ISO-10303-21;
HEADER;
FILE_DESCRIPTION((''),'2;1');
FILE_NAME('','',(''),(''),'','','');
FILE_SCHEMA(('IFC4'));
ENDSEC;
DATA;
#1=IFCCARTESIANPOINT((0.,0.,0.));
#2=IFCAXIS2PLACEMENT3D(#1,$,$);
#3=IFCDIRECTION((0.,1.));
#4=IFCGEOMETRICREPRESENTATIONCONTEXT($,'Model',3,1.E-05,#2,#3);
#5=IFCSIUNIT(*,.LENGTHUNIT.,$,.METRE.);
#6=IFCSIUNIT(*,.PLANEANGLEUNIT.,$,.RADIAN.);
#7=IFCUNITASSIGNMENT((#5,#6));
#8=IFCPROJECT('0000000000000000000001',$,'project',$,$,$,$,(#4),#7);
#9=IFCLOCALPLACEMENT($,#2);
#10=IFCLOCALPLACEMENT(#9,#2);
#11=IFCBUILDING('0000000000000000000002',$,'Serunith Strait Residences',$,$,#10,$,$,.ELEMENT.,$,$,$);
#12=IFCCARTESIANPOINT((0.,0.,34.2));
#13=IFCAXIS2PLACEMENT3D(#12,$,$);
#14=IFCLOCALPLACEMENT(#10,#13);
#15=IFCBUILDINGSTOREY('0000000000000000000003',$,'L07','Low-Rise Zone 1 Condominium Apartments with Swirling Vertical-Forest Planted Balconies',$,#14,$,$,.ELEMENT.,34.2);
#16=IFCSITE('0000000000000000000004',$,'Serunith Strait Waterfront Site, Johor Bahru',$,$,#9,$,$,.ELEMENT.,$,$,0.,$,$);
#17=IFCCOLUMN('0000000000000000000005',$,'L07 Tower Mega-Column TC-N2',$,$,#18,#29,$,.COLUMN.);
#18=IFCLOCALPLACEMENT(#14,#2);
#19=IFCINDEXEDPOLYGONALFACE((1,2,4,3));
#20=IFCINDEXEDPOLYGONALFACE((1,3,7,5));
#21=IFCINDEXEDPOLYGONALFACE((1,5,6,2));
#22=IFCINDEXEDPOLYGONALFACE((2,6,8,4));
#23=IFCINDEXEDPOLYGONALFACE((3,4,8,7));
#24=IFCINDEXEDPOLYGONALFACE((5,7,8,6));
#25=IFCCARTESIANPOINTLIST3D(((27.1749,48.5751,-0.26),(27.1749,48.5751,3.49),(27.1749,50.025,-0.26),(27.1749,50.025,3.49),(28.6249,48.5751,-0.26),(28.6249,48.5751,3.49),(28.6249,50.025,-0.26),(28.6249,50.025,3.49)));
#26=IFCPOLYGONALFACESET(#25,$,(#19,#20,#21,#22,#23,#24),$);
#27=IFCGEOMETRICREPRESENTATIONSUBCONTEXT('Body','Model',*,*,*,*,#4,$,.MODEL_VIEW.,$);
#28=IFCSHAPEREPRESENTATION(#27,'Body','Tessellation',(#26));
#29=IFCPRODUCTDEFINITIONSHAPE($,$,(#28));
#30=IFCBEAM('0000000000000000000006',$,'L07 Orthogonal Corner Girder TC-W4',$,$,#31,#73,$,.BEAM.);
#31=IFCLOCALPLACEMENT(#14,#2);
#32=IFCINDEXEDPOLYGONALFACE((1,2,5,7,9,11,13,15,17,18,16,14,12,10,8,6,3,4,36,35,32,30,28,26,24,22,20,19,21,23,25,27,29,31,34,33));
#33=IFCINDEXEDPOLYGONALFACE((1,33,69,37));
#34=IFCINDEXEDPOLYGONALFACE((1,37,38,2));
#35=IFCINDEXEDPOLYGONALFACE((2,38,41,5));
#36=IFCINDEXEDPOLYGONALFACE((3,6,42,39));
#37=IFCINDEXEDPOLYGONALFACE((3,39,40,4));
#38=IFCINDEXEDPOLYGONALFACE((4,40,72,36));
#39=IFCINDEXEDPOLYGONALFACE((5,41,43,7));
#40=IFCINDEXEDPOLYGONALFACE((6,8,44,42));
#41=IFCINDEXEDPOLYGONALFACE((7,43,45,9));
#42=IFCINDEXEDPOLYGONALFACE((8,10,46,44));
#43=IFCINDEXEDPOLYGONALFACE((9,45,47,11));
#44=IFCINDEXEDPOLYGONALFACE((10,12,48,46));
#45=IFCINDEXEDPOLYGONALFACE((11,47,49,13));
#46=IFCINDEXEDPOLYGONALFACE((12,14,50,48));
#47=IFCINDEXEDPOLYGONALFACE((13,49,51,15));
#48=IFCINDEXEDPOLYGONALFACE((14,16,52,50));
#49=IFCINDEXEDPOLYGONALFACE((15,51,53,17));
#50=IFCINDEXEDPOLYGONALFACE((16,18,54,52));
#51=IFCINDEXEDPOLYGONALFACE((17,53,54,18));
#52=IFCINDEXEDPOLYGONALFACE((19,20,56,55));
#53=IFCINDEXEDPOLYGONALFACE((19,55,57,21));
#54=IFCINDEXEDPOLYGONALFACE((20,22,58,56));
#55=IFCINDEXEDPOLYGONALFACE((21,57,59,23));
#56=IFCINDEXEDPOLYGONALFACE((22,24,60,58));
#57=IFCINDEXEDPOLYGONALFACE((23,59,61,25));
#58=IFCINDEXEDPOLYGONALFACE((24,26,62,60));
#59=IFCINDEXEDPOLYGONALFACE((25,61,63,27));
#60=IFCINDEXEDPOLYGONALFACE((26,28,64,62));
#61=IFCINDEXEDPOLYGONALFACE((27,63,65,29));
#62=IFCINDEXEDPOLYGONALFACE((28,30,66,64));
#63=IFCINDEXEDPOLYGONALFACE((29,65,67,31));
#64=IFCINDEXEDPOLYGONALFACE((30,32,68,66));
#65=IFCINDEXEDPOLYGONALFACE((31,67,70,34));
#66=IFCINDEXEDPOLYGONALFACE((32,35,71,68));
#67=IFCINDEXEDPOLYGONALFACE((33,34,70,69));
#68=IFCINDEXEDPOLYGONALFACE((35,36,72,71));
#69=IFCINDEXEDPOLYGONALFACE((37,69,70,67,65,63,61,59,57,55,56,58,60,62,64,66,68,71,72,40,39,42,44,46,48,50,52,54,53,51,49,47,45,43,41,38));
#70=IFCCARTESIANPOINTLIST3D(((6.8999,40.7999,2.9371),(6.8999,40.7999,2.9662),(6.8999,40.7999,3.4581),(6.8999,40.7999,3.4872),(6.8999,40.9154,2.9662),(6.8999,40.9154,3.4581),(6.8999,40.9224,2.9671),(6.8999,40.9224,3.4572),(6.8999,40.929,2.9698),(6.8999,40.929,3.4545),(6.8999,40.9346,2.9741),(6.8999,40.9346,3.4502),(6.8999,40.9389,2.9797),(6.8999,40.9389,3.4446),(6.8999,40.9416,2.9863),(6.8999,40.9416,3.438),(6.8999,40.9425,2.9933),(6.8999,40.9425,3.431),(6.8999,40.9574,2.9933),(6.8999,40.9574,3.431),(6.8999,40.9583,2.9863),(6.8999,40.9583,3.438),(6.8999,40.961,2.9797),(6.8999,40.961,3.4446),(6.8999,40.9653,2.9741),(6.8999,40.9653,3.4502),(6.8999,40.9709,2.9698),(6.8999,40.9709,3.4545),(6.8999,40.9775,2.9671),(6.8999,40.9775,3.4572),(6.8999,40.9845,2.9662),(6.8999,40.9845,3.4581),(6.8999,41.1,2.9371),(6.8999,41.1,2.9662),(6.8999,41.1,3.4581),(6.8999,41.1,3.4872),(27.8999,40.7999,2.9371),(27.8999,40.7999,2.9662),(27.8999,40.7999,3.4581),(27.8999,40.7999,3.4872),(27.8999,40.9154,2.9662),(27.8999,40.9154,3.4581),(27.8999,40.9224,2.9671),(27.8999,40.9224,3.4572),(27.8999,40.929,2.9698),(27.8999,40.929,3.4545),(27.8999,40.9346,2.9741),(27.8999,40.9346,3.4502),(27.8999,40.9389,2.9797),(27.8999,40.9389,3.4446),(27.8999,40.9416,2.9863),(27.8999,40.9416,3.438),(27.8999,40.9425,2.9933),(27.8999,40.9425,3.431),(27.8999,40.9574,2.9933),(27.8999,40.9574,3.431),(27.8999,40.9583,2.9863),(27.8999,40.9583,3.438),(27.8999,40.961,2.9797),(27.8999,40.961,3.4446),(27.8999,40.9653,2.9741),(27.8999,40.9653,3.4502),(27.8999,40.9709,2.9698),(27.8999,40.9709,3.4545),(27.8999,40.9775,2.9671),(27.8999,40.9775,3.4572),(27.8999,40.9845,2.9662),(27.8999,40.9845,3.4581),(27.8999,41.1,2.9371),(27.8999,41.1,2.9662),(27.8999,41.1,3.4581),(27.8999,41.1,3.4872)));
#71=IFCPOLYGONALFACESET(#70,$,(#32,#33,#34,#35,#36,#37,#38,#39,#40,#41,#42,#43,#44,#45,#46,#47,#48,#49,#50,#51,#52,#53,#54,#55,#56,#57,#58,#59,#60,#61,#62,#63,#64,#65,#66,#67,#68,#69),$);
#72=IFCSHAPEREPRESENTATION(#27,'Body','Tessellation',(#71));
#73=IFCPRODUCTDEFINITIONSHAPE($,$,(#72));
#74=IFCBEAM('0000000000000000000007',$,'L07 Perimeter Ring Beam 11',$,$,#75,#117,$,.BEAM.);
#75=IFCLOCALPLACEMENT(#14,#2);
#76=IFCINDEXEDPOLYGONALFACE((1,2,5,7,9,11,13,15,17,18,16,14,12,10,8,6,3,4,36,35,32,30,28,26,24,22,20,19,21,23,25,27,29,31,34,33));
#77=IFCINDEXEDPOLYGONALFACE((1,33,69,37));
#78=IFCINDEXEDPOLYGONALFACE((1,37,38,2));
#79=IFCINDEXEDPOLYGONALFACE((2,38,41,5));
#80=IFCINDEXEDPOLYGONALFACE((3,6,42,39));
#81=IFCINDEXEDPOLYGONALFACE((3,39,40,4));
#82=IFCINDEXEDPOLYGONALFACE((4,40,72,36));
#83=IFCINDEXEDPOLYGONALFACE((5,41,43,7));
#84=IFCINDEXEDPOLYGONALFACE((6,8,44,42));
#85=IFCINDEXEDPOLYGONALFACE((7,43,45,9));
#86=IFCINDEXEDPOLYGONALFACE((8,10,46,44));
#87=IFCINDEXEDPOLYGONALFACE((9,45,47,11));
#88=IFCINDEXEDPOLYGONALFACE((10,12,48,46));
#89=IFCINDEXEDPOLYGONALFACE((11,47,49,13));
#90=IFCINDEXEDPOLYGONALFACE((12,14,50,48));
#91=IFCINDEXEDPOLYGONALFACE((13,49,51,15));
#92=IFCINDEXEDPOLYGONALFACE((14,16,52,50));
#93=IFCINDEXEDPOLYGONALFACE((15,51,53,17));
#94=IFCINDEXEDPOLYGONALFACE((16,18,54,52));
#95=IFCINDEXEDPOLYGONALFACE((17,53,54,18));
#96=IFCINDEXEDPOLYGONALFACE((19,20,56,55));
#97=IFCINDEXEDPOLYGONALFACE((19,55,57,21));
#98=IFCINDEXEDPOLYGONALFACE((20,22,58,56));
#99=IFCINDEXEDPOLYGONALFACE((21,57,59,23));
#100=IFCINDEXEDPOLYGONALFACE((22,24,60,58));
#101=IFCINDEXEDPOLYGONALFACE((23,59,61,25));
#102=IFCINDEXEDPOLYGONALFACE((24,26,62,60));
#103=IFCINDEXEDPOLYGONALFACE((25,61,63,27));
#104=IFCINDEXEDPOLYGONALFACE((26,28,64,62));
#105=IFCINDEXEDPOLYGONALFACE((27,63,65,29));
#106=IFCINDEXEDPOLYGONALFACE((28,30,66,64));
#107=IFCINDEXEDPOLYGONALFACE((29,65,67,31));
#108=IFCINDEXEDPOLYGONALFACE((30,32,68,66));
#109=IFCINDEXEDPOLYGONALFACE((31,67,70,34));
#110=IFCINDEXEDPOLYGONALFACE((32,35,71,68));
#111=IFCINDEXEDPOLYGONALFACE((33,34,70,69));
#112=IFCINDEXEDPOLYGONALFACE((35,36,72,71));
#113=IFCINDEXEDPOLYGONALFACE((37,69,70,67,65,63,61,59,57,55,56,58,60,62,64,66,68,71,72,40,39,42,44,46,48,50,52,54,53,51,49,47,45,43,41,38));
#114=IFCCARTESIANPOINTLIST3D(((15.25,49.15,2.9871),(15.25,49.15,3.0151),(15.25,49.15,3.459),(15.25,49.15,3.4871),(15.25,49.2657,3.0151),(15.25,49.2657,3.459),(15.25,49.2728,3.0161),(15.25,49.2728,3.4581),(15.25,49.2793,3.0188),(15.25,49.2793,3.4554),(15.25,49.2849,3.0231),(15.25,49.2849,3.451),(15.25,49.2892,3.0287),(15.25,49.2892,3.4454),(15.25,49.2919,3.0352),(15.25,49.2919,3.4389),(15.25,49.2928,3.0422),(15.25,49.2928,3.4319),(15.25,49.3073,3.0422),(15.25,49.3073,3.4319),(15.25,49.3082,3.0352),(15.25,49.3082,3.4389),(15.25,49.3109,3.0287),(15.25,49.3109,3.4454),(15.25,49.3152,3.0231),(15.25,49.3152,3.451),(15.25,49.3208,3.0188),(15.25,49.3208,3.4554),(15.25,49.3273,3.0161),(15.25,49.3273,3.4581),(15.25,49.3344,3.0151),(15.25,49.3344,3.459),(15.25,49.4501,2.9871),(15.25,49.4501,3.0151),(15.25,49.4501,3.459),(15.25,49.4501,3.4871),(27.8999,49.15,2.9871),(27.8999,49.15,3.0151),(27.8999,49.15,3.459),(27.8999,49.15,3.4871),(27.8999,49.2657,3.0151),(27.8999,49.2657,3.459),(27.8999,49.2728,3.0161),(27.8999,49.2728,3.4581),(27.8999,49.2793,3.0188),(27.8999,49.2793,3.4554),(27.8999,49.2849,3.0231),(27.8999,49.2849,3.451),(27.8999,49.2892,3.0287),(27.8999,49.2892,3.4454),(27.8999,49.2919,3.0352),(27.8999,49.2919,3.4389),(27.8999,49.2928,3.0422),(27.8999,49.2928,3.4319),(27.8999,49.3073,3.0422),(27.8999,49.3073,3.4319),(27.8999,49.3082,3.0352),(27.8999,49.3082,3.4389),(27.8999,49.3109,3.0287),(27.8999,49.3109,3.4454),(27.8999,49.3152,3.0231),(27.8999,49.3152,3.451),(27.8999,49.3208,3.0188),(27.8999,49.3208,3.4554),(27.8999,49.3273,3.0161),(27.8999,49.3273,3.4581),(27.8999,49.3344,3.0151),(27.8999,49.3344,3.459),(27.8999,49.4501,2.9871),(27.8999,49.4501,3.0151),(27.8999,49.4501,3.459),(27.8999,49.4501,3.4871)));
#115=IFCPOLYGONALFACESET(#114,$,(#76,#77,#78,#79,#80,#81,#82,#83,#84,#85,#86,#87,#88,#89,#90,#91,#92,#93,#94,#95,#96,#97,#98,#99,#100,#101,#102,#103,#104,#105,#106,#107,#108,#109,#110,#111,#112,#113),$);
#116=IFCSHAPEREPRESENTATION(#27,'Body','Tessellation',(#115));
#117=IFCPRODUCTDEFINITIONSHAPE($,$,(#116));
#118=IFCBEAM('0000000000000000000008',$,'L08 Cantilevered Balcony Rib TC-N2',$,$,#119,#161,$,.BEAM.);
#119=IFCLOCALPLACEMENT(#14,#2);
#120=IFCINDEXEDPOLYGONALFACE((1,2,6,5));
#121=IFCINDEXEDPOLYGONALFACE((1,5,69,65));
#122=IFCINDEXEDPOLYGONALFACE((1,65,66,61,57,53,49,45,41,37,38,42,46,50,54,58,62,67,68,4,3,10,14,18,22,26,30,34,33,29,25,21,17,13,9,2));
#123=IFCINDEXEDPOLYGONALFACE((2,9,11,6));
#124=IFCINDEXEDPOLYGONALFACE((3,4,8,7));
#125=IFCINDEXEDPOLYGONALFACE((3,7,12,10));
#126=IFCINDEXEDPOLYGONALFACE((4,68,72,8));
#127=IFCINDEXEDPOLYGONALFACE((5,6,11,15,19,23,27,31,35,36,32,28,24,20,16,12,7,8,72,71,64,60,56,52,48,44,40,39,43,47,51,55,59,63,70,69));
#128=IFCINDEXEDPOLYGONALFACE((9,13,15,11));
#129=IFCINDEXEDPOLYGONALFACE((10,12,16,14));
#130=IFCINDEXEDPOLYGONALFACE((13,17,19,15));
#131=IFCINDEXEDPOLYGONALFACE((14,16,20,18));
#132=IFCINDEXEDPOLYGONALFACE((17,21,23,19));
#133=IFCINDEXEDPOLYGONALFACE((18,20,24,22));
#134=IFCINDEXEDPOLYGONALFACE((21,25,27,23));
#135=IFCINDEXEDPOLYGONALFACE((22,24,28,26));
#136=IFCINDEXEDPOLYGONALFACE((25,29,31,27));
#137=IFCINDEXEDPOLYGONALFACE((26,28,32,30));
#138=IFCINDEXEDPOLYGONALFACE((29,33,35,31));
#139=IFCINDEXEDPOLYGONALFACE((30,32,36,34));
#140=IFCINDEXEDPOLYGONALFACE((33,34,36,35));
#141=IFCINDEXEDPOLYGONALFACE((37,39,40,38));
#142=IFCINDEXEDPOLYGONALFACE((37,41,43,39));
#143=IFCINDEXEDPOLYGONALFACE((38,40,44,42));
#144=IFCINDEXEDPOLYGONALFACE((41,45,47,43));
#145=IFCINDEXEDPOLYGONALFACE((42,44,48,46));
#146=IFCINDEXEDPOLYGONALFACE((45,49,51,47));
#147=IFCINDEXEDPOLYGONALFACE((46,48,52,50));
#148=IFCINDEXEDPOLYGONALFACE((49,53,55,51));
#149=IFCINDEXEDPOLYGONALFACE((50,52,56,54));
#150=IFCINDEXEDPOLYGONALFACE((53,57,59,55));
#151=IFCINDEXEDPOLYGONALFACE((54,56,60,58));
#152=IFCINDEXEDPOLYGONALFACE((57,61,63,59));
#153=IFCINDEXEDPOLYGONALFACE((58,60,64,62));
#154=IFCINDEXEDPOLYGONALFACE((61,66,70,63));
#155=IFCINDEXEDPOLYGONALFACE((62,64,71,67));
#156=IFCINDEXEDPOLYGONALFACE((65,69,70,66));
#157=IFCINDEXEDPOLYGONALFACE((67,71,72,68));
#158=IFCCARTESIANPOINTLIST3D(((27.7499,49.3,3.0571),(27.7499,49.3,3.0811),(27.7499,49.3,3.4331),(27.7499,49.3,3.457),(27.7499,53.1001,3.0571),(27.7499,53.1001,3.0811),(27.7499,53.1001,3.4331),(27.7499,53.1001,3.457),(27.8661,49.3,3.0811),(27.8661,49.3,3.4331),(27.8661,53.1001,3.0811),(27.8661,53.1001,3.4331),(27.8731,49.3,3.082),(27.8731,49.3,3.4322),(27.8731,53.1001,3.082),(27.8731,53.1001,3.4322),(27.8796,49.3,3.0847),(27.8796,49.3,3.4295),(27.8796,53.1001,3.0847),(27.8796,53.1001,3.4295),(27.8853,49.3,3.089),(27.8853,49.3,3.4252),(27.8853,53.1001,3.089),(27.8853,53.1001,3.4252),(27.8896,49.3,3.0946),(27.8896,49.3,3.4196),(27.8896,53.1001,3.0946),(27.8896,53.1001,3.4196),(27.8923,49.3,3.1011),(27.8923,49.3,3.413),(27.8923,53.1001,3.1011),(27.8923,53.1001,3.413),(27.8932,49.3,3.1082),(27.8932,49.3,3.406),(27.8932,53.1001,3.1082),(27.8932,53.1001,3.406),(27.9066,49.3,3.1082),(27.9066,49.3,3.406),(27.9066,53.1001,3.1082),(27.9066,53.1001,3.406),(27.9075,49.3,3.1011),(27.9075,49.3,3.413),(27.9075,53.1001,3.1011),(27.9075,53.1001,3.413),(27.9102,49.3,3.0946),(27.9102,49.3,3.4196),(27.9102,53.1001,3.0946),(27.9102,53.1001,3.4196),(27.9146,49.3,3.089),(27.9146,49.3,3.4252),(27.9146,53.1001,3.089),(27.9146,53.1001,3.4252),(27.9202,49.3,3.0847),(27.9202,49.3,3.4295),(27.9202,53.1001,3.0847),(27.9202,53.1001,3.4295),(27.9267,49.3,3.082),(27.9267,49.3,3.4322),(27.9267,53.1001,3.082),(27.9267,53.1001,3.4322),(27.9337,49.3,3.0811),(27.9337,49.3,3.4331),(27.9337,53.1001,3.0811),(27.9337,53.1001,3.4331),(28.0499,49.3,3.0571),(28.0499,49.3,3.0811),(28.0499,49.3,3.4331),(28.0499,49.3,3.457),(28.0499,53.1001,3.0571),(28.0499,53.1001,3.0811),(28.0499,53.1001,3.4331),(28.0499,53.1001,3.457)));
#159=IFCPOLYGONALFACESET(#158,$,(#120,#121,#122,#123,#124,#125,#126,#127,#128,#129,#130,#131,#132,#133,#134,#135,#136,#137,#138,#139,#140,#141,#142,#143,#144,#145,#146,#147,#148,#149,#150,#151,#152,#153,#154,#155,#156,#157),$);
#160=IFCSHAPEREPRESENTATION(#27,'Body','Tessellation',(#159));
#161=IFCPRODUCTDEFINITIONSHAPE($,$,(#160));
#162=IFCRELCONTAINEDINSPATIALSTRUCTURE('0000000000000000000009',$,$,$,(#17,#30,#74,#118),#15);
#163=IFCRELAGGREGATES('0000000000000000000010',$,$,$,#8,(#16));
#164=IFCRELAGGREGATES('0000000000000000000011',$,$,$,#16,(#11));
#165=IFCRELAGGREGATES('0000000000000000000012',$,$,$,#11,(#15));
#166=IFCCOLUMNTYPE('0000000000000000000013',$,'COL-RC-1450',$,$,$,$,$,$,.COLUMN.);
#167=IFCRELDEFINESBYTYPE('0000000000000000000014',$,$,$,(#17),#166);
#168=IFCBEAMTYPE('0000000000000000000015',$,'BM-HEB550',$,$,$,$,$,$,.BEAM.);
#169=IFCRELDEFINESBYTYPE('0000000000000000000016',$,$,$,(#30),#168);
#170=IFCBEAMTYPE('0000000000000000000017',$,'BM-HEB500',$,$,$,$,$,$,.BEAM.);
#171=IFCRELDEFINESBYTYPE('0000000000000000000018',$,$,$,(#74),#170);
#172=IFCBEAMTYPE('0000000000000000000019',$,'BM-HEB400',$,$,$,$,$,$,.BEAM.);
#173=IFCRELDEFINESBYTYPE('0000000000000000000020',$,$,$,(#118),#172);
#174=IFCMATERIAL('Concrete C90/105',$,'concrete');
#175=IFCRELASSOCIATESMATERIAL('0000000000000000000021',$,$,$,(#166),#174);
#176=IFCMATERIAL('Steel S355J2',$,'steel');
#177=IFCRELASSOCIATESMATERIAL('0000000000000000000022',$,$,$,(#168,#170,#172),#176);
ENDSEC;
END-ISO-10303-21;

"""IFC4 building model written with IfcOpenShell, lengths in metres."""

from ifc_helpers import new_model, si_unit, direction, frame, origin, origin_2d, place, context, subcontext, project, spatial, rectangle, i_section, extrude, source, transform, mapped, material, material_profile, profile_set, type_object, element, save


model = new_model("IFC4")

# Units and contexts
model_context = context("Model", 3, precision=1e-05, world=origin(), true_north=direction((0.0, 1.0)))
body_context = subcontext(model_context, "Body", "Model", "MODEL_VIEW")
ifc_project = project(units=[si_unit("LENGTHUNIT", "METRE"), si_unit("PLANEANGLEUNIT", "RADIAN")], contexts=[model_context])

# Site, building, storey
site_placement = place(None, origin())
site = spatial("IfcSite", under=ifc_project, at=site_placement, Name="Serunith Strait Waterfront Site, Johor Bahru", CompositionType="ELEMENT", RefElevation=0.0)
building_placement = place(site_placement, origin())
building = spatial("IfcBuilding", under=site, at=building_placement, Name="Serunith Strait Residences", CompositionType="ELEMENT")
storey_placement = place(building_placement, frame((0.0, 0.0, 34.2)))
storey = spatial("IfcBuildingStorey", under=building, at=storey_placement, Name="L07", Description="Low-Rise Zone 1 Condominium Apartments with Swirling Vertical-Forest Planted Balconies", CompositionType="ELEMENT", Elevation=34.2)

# Column
ifc_material_1 = material(Name="Concrete C90/105", Category="concrete")
ifc_material_profile_1 = material_profile(ifc_material_1, rectangle(XDim=1.45, YDim=1.45, at=origin_2d()), Name="RC 1450x1450")
ifc_profile_set_1 = profile_set([ifc_material_profile_1], Name="Concrete C90/105")
column_type = type_object("IfcColumnType", Name="COL-RC-1450", PredefinedType="COLUMN", material=ifc_profile_set_1)
shared_shape_1 = source(origin(), body_context, "Body", "SweptSolid", [
    extrude(rectangle(XDim=1.45, YDim=1.45, at=origin_2d()), origin(), (0.0, 0.0, 1.0), 3.75),
])
column_placement = place(storey_placement, frame((27.8999, 49.3, -0.26), z_axis=(0.0, 0.0, 1.0), x_axis=(1.0, 0.0, 0.0)))
element("IfcColumn", 1, at=column_placement, inside=storey, type_object=column_type, Name="L07 Tower Mega-Column TC-N2", PredefinedType="COLUMN", context=body_context, shape_type="MappedRepresentation", body=[
    mapped(shared_shape_1, transform((0.0, 0.0, 0.0), scale=1.0)),
])

# Beams
ifc_material_2 = material(Name="Steel S355J2", Category="steel")
ifc_material_profile_2 = material_profile(ifc_material_2, i_section(OverallWidth=0.3, OverallDepth=0.55, WebThickness=0.0149, FlangeThickness=0.0291, FilletRadius=0.0271, at=origin_2d()), Name="HEB 550")
ifc_profile_set_2 = profile_set([ifc_material_profile_2], Name="Steel S355J2")
beam_type_1 = type_object("IfcBeamType", Name="BM-HEB550", PredefinedType="BEAM", material=ifc_profile_set_2)
shared_shape_2 = source(origin(), body_context, "Body", "SweptSolid", [
    extrude(i_section(OverallWidth=0.3, OverallDepth=0.55, WebThickness=0.0149, FlangeThickness=0.0291, FilletRadius=0.0271, at=origin_2d()), origin(), (0.0, 0.0, 1.0), 21.0),
])
beam_1_placement = place(storey_placement, frame((27.8999, 40.95, 3.2122), z_axis=(-1.0, 0.0, 0.0), x_axis=(0.0, -1.0, 0.0)))
element("IfcBeam", 2, at=beam_1_placement, inside=storey, type_object=beam_type_1, Name="L07 Orthogonal Corner Girder TC-W4", PredefinedType="BEAM", context=body_context, shape_type="MappedRepresentation", body=[
    mapped(shared_shape_2, transform((0.0, 0.0, 0.0), scale=1.0)),
])
ifc_material_profile_3 = material_profile(ifc_material_2, i_section(OverallWidth=0.3, OverallDepth=0.5, WebThickness=0.0144, FlangeThickness=0.0281, FilletRadius=0.0271, at=origin_2d()), Name="HEB 500")
ifc_profile_set_3 = profile_set([ifc_material_profile_3], Name="Steel S355J2")
beam_type_2 = type_object("IfcBeamType", Name="BM-HEB500", PredefinedType="BEAM", material=ifc_profile_set_3)
shared_shape_3 = source(origin(), body_context, "Body", "SweptSolid", [
    extrude(i_section(OverallWidth=0.3, OverallDepth=0.5, WebThickness=0.0144, FlangeThickness=0.0281, FilletRadius=0.0271, at=origin_2d()), origin(), (0.0, 0.0, 1.0), 12.6499),
])
beam_2_placement = place(storey_placement, frame((27.8999, 49.3, 3.2371), z_axis=(-1.0, 0.0, 0.0), x_axis=(0.0, -1.0, 0.0)))
element("IfcBeam", 3, at=beam_2_placement, inside=storey, type_object=beam_type_2, Name="L07 Perimeter Ring Beam 11", PredefinedType="BEAM", context=body_context, shape_type="MappedRepresentation", body=[
    mapped(shared_shape_3, transform((0.0, 0.0, 0.0), scale=1.0)),
])
ifc_material_profile_4 = material_profile(ifc_material_2, i_section(OverallWidth=0.3, OverallDepth=0.3999, WebThickness=0.0134, FlangeThickness=0.0239, FilletRadius=0.0271, at=origin_2d()), Name="HEB 400")
ifc_profile_set_4 = profile_set([ifc_material_profile_4], Name="Steel S355J2")
beam_type_3 = type_object("IfcBeamType", Name="BM-HEB400", PredefinedType="BEAM", material=ifc_profile_set_4)
shared_shape_4 = source(origin(), body_context, "Body", "SweptSolid", [
    extrude(i_section(OverallWidth=0.3, OverallDepth=0.3999, WebThickness=0.0134, FlangeThickness=0.0239, FilletRadius=0.0271, at=origin_2d()), origin(), (0.0, 0.0, 1.0), 3.8),
])
beam_3_placement = place(storey_placement, frame((27.8999, 49.3, 3.2571), z_axis=(0.0, 1.0, 0.0), x_axis=(-1.0, 0.0, 0.0)))
element("IfcBeam", 4, at=beam_3_placement, inside=storey, type_object=beam_type_3, Name="L08 Cantilevered Balcony Rib TC-N2", PredefinedType="BEAM", context=body_context, shape_type="MappedRepresentation", body=[
    mapped(shared_shape_4, transform((0.0, 0.0, 0.0), scale=1.0)),
])

save(model, "model.ifc")
